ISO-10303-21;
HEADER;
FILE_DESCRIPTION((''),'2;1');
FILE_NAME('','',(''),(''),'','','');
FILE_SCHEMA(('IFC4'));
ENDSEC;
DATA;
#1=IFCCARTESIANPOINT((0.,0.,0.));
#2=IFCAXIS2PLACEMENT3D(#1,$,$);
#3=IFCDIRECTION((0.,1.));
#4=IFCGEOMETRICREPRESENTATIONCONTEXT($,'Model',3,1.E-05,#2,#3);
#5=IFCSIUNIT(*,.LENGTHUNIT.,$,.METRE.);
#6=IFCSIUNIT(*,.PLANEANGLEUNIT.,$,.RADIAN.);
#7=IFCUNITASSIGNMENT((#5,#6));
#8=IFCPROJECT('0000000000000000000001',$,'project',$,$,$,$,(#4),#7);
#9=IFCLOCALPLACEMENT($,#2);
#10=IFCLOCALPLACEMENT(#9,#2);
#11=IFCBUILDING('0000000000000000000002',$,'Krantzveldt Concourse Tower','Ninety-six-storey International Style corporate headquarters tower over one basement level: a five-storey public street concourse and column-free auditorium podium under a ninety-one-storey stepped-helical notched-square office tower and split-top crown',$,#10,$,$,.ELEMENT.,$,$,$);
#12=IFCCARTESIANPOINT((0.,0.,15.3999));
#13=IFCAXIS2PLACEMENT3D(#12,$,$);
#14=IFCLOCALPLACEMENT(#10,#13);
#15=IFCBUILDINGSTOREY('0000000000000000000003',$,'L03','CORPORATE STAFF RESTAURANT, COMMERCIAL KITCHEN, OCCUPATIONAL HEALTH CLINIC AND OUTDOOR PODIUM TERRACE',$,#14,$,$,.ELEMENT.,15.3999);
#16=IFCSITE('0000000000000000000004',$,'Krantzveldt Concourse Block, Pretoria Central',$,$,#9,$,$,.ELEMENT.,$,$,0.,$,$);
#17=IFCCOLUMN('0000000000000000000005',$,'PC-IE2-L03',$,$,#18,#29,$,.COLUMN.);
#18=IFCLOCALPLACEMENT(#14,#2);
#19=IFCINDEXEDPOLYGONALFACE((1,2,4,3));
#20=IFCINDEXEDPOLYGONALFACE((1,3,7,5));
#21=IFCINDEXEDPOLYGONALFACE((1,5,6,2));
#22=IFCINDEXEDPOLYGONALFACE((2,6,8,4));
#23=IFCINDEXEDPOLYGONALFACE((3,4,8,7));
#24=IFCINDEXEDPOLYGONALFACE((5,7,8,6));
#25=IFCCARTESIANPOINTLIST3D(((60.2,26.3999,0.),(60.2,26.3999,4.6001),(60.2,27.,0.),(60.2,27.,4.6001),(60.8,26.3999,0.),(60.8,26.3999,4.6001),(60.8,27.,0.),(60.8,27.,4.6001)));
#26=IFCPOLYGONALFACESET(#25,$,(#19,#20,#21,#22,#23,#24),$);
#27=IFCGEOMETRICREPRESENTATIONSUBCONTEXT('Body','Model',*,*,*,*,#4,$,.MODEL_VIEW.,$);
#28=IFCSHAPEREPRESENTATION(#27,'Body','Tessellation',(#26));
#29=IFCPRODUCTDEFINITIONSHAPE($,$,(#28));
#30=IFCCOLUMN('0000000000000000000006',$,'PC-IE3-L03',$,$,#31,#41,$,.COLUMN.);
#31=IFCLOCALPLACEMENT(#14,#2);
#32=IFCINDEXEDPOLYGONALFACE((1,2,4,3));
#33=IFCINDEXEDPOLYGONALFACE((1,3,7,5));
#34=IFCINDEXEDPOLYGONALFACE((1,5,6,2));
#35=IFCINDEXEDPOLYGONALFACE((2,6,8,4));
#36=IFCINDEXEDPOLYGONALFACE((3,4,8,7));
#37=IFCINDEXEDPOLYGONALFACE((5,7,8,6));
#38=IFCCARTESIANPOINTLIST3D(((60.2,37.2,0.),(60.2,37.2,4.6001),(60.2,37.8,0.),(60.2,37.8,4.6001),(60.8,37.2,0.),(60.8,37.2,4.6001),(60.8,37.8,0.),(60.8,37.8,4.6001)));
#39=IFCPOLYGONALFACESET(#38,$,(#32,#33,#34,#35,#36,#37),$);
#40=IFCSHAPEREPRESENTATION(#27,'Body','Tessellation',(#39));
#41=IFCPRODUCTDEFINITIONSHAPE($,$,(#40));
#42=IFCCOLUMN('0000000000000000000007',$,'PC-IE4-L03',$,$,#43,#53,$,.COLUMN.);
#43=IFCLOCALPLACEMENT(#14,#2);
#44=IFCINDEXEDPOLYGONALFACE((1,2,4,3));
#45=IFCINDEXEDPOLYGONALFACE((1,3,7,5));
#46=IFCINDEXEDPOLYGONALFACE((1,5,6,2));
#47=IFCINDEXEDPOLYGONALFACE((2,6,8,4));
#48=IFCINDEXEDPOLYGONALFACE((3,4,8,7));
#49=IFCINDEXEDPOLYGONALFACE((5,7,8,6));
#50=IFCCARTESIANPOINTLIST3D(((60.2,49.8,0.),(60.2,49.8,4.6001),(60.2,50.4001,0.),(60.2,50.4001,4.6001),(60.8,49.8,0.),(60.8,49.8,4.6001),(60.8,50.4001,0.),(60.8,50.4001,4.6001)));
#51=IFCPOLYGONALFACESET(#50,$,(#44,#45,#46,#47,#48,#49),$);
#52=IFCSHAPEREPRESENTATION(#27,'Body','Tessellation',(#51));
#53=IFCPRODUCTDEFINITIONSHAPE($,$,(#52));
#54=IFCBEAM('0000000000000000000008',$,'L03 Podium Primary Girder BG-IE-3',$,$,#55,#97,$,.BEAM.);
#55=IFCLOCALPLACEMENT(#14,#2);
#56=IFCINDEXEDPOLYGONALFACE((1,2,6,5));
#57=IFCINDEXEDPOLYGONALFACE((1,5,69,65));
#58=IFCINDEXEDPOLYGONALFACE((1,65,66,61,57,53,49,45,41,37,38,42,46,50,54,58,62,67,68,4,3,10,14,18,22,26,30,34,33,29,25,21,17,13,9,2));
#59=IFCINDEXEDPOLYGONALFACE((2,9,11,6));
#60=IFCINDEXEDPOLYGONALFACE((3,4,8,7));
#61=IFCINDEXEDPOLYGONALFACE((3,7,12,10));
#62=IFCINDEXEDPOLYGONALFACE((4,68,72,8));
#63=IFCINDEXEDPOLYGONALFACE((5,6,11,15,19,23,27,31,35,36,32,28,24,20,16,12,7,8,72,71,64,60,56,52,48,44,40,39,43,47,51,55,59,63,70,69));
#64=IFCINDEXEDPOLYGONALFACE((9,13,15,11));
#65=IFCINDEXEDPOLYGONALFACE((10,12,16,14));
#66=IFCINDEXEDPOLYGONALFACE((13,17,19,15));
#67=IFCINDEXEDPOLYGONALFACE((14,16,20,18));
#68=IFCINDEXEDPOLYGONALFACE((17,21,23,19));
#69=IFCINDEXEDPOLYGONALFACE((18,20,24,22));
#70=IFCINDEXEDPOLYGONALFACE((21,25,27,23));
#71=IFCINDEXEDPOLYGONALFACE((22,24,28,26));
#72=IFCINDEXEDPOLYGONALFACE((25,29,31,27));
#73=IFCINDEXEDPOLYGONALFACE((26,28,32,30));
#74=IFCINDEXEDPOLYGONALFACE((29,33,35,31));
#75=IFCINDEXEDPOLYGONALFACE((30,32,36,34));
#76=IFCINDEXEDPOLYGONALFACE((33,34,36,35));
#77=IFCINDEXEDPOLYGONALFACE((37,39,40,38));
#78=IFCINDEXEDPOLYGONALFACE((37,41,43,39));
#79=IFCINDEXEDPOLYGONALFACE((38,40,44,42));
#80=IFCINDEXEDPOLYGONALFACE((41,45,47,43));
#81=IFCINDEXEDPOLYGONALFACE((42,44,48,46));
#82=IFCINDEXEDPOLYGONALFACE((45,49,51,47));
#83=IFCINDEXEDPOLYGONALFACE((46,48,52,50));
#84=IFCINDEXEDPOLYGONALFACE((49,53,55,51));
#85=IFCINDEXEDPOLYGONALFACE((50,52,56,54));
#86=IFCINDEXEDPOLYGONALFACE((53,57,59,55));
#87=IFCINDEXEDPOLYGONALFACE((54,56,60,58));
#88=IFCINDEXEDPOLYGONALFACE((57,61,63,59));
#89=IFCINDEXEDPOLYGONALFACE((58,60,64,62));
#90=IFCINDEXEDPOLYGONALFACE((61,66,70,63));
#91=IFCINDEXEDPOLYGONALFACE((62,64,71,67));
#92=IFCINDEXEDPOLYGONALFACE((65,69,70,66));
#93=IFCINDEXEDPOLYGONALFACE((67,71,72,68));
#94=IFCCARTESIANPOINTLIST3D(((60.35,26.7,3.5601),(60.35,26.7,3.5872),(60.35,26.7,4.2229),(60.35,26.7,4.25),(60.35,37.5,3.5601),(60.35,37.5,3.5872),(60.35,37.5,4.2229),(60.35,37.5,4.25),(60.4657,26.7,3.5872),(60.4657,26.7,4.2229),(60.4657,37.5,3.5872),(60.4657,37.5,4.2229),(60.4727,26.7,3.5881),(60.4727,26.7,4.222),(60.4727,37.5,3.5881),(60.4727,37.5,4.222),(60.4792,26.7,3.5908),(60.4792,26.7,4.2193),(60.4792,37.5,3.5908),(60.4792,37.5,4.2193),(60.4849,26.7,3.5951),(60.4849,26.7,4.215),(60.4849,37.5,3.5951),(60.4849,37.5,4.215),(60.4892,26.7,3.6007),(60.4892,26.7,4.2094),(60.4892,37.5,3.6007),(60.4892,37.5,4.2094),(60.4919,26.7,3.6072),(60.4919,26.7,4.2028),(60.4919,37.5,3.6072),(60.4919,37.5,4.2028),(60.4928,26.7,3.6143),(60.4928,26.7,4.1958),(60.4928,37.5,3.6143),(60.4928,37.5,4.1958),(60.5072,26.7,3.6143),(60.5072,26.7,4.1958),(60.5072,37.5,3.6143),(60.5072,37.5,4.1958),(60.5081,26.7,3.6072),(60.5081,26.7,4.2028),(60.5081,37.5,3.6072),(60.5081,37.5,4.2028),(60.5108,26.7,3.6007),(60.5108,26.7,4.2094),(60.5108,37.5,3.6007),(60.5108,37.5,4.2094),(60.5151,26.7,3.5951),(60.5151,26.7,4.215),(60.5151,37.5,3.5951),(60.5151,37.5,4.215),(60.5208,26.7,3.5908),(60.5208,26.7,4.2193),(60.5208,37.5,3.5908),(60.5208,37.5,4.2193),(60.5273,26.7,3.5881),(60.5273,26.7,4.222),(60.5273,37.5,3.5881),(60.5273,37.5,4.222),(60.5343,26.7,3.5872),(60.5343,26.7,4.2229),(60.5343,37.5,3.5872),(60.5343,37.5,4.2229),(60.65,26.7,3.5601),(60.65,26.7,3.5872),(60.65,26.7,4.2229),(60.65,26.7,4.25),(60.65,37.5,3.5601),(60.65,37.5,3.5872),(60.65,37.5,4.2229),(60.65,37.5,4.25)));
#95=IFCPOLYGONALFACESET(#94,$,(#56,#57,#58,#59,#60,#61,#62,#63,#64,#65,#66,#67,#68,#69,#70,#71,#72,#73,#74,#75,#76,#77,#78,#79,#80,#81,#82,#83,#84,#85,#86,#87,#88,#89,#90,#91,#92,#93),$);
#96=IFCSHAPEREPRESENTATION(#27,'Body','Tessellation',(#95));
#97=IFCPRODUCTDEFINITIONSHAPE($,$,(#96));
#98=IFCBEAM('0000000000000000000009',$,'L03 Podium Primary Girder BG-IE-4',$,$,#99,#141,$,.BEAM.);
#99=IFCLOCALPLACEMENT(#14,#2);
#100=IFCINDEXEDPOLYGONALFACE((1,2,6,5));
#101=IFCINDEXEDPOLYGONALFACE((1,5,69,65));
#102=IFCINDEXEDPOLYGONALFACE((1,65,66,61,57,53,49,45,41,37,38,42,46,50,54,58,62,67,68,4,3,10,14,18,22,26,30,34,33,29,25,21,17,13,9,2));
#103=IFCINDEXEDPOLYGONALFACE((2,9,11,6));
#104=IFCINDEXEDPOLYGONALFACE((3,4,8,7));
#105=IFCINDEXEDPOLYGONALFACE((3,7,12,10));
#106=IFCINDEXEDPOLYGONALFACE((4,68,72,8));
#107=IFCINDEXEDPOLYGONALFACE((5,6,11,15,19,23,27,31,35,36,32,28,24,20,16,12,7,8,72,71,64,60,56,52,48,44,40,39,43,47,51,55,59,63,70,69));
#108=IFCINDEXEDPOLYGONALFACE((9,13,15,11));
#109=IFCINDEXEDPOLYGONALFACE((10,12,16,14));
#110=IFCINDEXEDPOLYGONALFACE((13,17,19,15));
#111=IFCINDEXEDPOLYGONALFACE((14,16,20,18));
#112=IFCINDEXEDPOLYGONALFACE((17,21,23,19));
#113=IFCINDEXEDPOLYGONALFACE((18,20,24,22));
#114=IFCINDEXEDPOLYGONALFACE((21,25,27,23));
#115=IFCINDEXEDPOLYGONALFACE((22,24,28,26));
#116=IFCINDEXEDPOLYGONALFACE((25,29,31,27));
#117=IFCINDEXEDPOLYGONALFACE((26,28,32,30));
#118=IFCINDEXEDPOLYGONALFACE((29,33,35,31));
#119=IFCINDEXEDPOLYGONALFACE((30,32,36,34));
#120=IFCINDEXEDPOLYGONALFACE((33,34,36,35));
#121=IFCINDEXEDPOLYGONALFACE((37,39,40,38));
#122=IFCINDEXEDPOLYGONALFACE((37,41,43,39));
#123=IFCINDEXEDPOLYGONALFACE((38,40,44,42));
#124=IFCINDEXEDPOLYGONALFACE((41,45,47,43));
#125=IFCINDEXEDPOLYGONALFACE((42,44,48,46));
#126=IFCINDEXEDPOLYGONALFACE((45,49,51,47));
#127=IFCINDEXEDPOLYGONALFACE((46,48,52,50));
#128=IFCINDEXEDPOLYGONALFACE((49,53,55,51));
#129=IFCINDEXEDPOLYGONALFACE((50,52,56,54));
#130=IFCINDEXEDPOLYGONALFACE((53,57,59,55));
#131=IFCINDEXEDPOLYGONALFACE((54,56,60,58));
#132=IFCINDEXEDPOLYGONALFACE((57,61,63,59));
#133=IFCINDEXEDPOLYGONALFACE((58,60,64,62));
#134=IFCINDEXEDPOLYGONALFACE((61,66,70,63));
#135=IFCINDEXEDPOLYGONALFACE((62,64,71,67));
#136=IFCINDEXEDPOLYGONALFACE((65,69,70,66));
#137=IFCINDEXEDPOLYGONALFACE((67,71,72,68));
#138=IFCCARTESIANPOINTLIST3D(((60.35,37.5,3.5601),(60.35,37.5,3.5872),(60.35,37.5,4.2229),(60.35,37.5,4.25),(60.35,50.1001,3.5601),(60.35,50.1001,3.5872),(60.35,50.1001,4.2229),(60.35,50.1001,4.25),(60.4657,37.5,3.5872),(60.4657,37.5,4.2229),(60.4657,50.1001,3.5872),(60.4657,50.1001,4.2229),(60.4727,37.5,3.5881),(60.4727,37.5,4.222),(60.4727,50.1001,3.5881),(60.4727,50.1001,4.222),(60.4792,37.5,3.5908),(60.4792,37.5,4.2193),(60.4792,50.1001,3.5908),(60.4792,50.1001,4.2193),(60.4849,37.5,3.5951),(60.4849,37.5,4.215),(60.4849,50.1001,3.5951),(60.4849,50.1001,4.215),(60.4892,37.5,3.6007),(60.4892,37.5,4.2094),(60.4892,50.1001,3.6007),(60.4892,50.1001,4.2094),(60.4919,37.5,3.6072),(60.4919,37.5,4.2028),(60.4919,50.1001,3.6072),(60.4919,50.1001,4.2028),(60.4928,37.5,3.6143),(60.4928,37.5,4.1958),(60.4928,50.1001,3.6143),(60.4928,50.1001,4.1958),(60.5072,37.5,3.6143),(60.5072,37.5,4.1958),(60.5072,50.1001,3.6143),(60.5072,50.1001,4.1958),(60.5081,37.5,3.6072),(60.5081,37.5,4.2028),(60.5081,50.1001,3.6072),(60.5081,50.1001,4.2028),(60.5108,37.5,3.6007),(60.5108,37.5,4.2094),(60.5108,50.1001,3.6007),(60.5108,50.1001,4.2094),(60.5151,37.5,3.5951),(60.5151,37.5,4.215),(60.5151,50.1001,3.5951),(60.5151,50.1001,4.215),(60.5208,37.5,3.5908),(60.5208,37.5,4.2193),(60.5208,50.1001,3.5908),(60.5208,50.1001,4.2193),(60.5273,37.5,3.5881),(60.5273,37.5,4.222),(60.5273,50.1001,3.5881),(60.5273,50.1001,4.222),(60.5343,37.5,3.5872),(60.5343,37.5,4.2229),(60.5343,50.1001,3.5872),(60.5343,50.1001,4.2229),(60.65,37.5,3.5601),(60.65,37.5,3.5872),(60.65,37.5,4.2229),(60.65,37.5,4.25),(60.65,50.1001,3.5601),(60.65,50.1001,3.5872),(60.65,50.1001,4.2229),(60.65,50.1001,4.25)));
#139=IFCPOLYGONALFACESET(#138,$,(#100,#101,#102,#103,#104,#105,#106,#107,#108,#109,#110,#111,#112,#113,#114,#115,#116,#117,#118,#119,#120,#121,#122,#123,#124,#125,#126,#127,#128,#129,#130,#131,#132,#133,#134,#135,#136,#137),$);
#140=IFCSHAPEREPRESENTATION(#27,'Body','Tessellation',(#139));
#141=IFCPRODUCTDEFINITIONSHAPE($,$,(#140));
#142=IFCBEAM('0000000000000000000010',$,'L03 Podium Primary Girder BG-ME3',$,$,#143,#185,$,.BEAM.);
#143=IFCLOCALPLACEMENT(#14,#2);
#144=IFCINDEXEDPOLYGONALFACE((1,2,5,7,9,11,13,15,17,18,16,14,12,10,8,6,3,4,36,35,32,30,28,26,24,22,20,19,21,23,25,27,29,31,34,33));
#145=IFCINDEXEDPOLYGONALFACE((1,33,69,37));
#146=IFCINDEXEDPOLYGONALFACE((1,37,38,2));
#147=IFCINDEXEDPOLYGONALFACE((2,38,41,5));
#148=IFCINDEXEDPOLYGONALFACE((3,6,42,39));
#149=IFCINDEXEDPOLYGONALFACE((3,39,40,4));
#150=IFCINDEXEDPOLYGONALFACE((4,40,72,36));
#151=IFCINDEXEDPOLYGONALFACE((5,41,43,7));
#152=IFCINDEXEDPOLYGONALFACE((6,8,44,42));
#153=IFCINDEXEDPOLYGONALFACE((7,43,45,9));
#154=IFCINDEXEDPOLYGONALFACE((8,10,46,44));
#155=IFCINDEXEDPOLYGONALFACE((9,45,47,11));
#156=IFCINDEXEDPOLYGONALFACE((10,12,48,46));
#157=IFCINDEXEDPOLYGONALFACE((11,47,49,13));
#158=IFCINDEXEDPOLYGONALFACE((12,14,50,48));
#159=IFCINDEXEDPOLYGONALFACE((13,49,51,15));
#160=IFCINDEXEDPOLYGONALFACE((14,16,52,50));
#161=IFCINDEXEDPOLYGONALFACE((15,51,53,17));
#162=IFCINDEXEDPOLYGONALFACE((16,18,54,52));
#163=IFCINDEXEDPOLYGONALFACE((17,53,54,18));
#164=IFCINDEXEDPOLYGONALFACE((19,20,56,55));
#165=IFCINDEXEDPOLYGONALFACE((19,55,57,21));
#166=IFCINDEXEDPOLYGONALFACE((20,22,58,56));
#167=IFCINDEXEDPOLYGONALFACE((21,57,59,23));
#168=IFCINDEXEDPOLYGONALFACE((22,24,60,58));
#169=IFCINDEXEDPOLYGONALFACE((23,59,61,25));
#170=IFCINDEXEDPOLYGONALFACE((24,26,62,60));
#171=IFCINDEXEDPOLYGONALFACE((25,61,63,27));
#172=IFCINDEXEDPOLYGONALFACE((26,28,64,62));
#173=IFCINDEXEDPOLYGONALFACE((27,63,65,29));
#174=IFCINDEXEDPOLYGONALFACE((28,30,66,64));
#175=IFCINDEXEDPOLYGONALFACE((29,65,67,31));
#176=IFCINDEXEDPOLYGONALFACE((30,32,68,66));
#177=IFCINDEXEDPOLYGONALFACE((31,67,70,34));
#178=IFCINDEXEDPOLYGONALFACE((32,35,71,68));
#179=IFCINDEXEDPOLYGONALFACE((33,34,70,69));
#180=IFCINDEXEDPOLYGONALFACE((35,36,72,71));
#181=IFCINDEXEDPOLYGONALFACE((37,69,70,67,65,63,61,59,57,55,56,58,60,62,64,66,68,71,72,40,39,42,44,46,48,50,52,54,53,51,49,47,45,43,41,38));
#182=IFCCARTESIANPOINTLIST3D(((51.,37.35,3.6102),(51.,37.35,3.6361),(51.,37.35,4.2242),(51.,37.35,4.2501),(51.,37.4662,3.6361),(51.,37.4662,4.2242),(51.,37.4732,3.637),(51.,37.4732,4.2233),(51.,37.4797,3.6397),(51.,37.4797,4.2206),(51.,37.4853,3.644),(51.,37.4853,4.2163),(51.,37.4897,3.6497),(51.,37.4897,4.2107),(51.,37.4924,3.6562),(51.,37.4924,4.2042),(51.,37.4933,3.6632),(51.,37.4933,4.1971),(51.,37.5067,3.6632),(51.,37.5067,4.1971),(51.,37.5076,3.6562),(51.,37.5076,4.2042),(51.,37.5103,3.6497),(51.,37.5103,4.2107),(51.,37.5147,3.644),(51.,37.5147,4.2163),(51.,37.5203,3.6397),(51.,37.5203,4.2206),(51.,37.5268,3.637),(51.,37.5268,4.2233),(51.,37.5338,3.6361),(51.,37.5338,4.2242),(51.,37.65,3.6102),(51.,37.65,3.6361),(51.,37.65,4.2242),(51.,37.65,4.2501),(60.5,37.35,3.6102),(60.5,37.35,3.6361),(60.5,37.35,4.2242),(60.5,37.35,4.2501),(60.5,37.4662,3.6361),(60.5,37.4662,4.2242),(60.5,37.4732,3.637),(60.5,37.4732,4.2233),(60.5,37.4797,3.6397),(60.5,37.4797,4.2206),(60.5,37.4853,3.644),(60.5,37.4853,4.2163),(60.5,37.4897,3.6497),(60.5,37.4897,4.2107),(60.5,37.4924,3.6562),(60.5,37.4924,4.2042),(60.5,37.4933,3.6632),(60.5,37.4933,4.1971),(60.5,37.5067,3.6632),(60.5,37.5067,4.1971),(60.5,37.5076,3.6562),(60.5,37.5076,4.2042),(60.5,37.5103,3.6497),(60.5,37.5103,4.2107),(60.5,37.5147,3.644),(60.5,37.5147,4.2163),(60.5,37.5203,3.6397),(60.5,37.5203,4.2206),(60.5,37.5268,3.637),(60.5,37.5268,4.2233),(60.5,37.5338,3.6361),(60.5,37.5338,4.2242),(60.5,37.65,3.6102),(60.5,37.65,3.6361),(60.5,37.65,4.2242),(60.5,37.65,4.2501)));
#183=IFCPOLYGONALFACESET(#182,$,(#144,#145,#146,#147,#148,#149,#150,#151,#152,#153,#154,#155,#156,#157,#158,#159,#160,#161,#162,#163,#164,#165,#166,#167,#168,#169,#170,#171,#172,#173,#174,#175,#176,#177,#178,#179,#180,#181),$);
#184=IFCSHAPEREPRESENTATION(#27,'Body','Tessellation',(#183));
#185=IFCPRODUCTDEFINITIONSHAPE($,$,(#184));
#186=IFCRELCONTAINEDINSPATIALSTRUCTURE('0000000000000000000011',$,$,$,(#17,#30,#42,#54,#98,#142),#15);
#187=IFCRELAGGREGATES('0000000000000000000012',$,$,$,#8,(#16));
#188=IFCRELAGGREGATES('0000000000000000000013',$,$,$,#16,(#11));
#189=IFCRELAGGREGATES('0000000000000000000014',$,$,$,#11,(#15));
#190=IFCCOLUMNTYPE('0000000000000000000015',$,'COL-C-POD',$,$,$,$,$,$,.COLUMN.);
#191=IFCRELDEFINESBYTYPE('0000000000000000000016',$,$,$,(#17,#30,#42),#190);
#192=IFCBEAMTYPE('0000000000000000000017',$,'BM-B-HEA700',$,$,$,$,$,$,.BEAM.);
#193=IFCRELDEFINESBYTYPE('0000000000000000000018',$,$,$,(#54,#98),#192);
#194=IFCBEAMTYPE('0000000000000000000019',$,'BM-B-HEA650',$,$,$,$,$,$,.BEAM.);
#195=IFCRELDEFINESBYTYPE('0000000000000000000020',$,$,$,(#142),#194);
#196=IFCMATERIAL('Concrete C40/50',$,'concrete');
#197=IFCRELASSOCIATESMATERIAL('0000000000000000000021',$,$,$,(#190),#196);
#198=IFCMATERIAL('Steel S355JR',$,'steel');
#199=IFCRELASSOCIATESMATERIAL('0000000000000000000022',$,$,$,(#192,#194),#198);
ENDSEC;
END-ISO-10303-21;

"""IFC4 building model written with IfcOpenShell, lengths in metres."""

from ifc_helpers import new_model, si_unit, direction, frame, origin, origin_2d, place, context, subcontext, project, spatial, rectangle, i_section, extrude, source, transform, mapped, material, material_profile, profile_set, type_object, type_shapes, element, save


model = new_model("IFC4")

# Units and contexts
model_context = context("Model", 3, precision=1e-05, world=origin(), true_north=direction((0.0, 1.0)))
body_context = subcontext(model_context, "Body", "Model", "MODEL_VIEW")
ifc_project = project(units=[si_unit("LENGTHUNIT", "METRE"), si_unit("PLANEANGLEUNIT", "RADIAN")], contexts=[model_context])

# Site, building, storey
site_placement = place(None, origin())
site = spatial("IfcSite", under=ifc_project, at=site_placement, Name="Krantzveldt Concourse Block, Pretoria Central", CompositionType="ELEMENT", RefElevation=0.0)
building_placement = place(site_placement, origin())
building = spatial("IfcBuilding", under=site, at=building_placement, Name="Krantzveldt Concourse Tower", Description="Ninety-six-storey International Style corporate headquarters tower over one basement level: a five-storey public street concourse and column-free auditorium podium under a ninety-one-storey stepped-helical notched-square office tower and split-top crown", CompositionType="ELEMENT")
storey_placement = place(building_placement, frame((0.0, 0.0, 15.3999)))
storey = spatial("IfcBuildingStorey", under=building, at=storey_placement, Name="L03", Description="CORPORATE STAFF RESTAURANT, COMMERCIAL KITCHEN, OCCUPATIONAL HEALTH CLINIC AND OUTDOOR PODIUM TERRACE", CompositionType="ELEMENT", Elevation=15.3999)

# Columns
ifc_material_1 = material(Name="Concrete C40/50", Category="concrete")
ifc_material_profile_1 = material_profile(ifc_material_1, rectangle(XDim=0.6001, YDim=0.6001, at=origin_2d()), Name="Concrete C40/50", Category="concrete")
ifc_profile_set_1 = profile_set([ifc_material_profile_1], Name="Concrete C40/50 - RC 600x600")
column_type = type_object("IfcColumnType", Name="COL-C-POD", PredefinedType="COLUMN", material=ifc_profile_set_1)
shared_shape_1 = source(origin(), body_context, "Body", "SweptSolid", [
    extrude(rectangle(XDim=0.6001, YDim=0.6001, at=origin_2d()), origin(), (0.0, 0.0, 1.0), 4.6001),
])
type_shapes(column_type, [shared_shape_1])
for number, where, z_axis, x_axis, name in (
    (1, (60.5, 26.7, 0.0), (0.0, 0.0, 1.0), (1.0, 0.0, 0.0), "PC-IE2-L03"),
    (2, (60.5, 37.5, 0.0), (0.0, 0.0, 1.0), (1.0, 0.0, 0.0), "PC-IE3-L03"),
    (3, (60.5, 50.1001, 0.0), (0.0, 0.0, 1.0), (1.0, 0.0, 0.0), "PC-IE4-L03"),
):
    element("IfcColumn", number, at=place(storey_placement, frame(where, z_axis=z_axis, x_axis=x_axis)), inside=storey, type_object=column_type, Name=name, PredefinedType="COLUMN", context=body_context, shape_type="MappedRepresentation", body=[
        mapped(shared_shape_1, transform((0.0, 0.0, 0.0), x_axis=(1.0, 0.0, 0.0), y_axis=(0.0, 1.0, 0.0), z_axis=(0.0, 0.0, 1.0), scale=1.0)),
    ])

# Beams
ifc_material_2 = material(Name="Steel S355JR", Category="steel")
ifc_material_profile_2 = material_profile(ifc_material_2, i_section(OverallWidth=0.3, OverallDepth=0.6899, WebThickness=0.0144, FlangeThickness=0.0271, FilletRadius=0.0271, at=origin_2d()), Name="Steel S355JR", Category="steel")
ifc_profile_set_2 = profile_set([ifc_material_profile_2], Name="Steel S355JR - HEA 700")
beam_type_1 = type_object("IfcBeamType", Name="BM-B-HEA700", PredefinedType="BEAM", material=ifc_profile_set_2)
shared_shape_2 = source(origin(), body_context, "Body", "SweptSolid", [
    extrude(i_section(OverallWidth=0.3, OverallDepth=0.6899, WebThickness=0.0144, FlangeThickness=0.0271, FilletRadius=0.0271, at=origin_2d()), origin(), (0.0, 0.0, 1.0), 10.8),
])
beam_1_placement = place(storey_placement, frame((60.5, 26.7, 3.905), z_axis=(0.0, 1.0, 0.0), x_axis=(-1.0, 0.0, 0.0)))
element("IfcBeam", 4, at=beam_1_placement, inside=storey, type_object=beam_type_1, Name="L03 Podium Primary Girder BG-IE-3", PredefinedType="BEAM", context=body_context, shape_type="MappedRepresentation", body=[
    mapped(shared_shape_2, transform((0.0, 0.0, 0.0), x_axis=(1.0, 0.0, 0.0), y_axis=(0.0, 1.0, 0.0), z_axis=(0.0, 0.0, 1.0), scale=1.0)),
])
shared_shape_3 = source(origin(), body_context, "Body", "SweptSolid", [
    extrude(i_section(OverallWidth=0.3, OverallDepth=0.6899, WebThickness=0.0144, FlangeThickness=0.0271, FilletRadius=0.0271, at=origin_2d()), origin(), (0.0, 0.0, 1.0), 12.6001),
])
type_shapes(beam_type_1, [shared_shape_2, shared_shape_3])
beam_2_placement = place(storey_placement, frame((60.5, 37.5, 3.905), z_axis=(0.0, 1.0, 0.0), x_axis=(-1.0, 0.0, 0.0)))
element("IfcBeam", 5, at=beam_2_placement, inside=storey, type_object=beam_type_1, Name="L03 Podium Primary Girder BG-IE-4", PredefinedType="BEAM", context=body_context, shape_type="MappedRepresentation", body=[
    mapped(shared_shape_3, transform((0.0, 0.0, 0.0), x_axis=(1.0, 0.0, 0.0), y_axis=(0.0, 1.0, 0.0), z_axis=(0.0, 0.0, 1.0), scale=1.0)),
])
ifc_material_profile_3 = material_profile(ifc_material_2, i_section(OverallWidth=0.3, OverallDepth=0.6399, WebThickness=0.0134, FlangeThickness=0.0259, FilletRadius=0.0271, at=origin_2d()), Name="Steel S355JR", Category="steel")
ifc_profile_set_3 = profile_set([ifc_material_profile_3], Name="Steel S355JR - HEA 650")
beam_type_2 = type_object("IfcBeamType", Name="BM-B-HEA650", PredefinedType="BEAM", material=ifc_profile_set_3)
shared_shape_4 = source(origin(), body_context, "Body", "SweptSolid", [
    extrude(i_section(OverallWidth=0.3, OverallDepth=0.6399, WebThickness=0.0134, FlangeThickness=0.0259, FilletRadius=0.0271, at=origin_2d()), origin(), (0.0, 0.0, 1.0), 9.5),
])
type_shapes(beam_type_2, [shared_shape_4])
beam_3_placement = place(storey_placement, frame((51.0, 37.5, 3.9302), z_axis=(1.0, 0.0, 0.0), x_axis=(0.0, 1.0, 0.0)))
element("IfcBeam", 6, at=beam_3_placement, inside=storey, type_object=beam_type_2, Name="L03 Podium Primary Girder BG-ME3", PredefinedType="BEAM", context=body_context, shape_type="MappedRepresentation", body=[
    mapped(shared_shape_4, transform((0.0, 0.0, 0.0), x_axis=(1.0, 0.0, 0.0), y_axis=(0.0, 1.0, 0.0), z_axis=(0.0, 0.0, 1.0), scale=1.0)),
])

save(model, "model.ifc")
